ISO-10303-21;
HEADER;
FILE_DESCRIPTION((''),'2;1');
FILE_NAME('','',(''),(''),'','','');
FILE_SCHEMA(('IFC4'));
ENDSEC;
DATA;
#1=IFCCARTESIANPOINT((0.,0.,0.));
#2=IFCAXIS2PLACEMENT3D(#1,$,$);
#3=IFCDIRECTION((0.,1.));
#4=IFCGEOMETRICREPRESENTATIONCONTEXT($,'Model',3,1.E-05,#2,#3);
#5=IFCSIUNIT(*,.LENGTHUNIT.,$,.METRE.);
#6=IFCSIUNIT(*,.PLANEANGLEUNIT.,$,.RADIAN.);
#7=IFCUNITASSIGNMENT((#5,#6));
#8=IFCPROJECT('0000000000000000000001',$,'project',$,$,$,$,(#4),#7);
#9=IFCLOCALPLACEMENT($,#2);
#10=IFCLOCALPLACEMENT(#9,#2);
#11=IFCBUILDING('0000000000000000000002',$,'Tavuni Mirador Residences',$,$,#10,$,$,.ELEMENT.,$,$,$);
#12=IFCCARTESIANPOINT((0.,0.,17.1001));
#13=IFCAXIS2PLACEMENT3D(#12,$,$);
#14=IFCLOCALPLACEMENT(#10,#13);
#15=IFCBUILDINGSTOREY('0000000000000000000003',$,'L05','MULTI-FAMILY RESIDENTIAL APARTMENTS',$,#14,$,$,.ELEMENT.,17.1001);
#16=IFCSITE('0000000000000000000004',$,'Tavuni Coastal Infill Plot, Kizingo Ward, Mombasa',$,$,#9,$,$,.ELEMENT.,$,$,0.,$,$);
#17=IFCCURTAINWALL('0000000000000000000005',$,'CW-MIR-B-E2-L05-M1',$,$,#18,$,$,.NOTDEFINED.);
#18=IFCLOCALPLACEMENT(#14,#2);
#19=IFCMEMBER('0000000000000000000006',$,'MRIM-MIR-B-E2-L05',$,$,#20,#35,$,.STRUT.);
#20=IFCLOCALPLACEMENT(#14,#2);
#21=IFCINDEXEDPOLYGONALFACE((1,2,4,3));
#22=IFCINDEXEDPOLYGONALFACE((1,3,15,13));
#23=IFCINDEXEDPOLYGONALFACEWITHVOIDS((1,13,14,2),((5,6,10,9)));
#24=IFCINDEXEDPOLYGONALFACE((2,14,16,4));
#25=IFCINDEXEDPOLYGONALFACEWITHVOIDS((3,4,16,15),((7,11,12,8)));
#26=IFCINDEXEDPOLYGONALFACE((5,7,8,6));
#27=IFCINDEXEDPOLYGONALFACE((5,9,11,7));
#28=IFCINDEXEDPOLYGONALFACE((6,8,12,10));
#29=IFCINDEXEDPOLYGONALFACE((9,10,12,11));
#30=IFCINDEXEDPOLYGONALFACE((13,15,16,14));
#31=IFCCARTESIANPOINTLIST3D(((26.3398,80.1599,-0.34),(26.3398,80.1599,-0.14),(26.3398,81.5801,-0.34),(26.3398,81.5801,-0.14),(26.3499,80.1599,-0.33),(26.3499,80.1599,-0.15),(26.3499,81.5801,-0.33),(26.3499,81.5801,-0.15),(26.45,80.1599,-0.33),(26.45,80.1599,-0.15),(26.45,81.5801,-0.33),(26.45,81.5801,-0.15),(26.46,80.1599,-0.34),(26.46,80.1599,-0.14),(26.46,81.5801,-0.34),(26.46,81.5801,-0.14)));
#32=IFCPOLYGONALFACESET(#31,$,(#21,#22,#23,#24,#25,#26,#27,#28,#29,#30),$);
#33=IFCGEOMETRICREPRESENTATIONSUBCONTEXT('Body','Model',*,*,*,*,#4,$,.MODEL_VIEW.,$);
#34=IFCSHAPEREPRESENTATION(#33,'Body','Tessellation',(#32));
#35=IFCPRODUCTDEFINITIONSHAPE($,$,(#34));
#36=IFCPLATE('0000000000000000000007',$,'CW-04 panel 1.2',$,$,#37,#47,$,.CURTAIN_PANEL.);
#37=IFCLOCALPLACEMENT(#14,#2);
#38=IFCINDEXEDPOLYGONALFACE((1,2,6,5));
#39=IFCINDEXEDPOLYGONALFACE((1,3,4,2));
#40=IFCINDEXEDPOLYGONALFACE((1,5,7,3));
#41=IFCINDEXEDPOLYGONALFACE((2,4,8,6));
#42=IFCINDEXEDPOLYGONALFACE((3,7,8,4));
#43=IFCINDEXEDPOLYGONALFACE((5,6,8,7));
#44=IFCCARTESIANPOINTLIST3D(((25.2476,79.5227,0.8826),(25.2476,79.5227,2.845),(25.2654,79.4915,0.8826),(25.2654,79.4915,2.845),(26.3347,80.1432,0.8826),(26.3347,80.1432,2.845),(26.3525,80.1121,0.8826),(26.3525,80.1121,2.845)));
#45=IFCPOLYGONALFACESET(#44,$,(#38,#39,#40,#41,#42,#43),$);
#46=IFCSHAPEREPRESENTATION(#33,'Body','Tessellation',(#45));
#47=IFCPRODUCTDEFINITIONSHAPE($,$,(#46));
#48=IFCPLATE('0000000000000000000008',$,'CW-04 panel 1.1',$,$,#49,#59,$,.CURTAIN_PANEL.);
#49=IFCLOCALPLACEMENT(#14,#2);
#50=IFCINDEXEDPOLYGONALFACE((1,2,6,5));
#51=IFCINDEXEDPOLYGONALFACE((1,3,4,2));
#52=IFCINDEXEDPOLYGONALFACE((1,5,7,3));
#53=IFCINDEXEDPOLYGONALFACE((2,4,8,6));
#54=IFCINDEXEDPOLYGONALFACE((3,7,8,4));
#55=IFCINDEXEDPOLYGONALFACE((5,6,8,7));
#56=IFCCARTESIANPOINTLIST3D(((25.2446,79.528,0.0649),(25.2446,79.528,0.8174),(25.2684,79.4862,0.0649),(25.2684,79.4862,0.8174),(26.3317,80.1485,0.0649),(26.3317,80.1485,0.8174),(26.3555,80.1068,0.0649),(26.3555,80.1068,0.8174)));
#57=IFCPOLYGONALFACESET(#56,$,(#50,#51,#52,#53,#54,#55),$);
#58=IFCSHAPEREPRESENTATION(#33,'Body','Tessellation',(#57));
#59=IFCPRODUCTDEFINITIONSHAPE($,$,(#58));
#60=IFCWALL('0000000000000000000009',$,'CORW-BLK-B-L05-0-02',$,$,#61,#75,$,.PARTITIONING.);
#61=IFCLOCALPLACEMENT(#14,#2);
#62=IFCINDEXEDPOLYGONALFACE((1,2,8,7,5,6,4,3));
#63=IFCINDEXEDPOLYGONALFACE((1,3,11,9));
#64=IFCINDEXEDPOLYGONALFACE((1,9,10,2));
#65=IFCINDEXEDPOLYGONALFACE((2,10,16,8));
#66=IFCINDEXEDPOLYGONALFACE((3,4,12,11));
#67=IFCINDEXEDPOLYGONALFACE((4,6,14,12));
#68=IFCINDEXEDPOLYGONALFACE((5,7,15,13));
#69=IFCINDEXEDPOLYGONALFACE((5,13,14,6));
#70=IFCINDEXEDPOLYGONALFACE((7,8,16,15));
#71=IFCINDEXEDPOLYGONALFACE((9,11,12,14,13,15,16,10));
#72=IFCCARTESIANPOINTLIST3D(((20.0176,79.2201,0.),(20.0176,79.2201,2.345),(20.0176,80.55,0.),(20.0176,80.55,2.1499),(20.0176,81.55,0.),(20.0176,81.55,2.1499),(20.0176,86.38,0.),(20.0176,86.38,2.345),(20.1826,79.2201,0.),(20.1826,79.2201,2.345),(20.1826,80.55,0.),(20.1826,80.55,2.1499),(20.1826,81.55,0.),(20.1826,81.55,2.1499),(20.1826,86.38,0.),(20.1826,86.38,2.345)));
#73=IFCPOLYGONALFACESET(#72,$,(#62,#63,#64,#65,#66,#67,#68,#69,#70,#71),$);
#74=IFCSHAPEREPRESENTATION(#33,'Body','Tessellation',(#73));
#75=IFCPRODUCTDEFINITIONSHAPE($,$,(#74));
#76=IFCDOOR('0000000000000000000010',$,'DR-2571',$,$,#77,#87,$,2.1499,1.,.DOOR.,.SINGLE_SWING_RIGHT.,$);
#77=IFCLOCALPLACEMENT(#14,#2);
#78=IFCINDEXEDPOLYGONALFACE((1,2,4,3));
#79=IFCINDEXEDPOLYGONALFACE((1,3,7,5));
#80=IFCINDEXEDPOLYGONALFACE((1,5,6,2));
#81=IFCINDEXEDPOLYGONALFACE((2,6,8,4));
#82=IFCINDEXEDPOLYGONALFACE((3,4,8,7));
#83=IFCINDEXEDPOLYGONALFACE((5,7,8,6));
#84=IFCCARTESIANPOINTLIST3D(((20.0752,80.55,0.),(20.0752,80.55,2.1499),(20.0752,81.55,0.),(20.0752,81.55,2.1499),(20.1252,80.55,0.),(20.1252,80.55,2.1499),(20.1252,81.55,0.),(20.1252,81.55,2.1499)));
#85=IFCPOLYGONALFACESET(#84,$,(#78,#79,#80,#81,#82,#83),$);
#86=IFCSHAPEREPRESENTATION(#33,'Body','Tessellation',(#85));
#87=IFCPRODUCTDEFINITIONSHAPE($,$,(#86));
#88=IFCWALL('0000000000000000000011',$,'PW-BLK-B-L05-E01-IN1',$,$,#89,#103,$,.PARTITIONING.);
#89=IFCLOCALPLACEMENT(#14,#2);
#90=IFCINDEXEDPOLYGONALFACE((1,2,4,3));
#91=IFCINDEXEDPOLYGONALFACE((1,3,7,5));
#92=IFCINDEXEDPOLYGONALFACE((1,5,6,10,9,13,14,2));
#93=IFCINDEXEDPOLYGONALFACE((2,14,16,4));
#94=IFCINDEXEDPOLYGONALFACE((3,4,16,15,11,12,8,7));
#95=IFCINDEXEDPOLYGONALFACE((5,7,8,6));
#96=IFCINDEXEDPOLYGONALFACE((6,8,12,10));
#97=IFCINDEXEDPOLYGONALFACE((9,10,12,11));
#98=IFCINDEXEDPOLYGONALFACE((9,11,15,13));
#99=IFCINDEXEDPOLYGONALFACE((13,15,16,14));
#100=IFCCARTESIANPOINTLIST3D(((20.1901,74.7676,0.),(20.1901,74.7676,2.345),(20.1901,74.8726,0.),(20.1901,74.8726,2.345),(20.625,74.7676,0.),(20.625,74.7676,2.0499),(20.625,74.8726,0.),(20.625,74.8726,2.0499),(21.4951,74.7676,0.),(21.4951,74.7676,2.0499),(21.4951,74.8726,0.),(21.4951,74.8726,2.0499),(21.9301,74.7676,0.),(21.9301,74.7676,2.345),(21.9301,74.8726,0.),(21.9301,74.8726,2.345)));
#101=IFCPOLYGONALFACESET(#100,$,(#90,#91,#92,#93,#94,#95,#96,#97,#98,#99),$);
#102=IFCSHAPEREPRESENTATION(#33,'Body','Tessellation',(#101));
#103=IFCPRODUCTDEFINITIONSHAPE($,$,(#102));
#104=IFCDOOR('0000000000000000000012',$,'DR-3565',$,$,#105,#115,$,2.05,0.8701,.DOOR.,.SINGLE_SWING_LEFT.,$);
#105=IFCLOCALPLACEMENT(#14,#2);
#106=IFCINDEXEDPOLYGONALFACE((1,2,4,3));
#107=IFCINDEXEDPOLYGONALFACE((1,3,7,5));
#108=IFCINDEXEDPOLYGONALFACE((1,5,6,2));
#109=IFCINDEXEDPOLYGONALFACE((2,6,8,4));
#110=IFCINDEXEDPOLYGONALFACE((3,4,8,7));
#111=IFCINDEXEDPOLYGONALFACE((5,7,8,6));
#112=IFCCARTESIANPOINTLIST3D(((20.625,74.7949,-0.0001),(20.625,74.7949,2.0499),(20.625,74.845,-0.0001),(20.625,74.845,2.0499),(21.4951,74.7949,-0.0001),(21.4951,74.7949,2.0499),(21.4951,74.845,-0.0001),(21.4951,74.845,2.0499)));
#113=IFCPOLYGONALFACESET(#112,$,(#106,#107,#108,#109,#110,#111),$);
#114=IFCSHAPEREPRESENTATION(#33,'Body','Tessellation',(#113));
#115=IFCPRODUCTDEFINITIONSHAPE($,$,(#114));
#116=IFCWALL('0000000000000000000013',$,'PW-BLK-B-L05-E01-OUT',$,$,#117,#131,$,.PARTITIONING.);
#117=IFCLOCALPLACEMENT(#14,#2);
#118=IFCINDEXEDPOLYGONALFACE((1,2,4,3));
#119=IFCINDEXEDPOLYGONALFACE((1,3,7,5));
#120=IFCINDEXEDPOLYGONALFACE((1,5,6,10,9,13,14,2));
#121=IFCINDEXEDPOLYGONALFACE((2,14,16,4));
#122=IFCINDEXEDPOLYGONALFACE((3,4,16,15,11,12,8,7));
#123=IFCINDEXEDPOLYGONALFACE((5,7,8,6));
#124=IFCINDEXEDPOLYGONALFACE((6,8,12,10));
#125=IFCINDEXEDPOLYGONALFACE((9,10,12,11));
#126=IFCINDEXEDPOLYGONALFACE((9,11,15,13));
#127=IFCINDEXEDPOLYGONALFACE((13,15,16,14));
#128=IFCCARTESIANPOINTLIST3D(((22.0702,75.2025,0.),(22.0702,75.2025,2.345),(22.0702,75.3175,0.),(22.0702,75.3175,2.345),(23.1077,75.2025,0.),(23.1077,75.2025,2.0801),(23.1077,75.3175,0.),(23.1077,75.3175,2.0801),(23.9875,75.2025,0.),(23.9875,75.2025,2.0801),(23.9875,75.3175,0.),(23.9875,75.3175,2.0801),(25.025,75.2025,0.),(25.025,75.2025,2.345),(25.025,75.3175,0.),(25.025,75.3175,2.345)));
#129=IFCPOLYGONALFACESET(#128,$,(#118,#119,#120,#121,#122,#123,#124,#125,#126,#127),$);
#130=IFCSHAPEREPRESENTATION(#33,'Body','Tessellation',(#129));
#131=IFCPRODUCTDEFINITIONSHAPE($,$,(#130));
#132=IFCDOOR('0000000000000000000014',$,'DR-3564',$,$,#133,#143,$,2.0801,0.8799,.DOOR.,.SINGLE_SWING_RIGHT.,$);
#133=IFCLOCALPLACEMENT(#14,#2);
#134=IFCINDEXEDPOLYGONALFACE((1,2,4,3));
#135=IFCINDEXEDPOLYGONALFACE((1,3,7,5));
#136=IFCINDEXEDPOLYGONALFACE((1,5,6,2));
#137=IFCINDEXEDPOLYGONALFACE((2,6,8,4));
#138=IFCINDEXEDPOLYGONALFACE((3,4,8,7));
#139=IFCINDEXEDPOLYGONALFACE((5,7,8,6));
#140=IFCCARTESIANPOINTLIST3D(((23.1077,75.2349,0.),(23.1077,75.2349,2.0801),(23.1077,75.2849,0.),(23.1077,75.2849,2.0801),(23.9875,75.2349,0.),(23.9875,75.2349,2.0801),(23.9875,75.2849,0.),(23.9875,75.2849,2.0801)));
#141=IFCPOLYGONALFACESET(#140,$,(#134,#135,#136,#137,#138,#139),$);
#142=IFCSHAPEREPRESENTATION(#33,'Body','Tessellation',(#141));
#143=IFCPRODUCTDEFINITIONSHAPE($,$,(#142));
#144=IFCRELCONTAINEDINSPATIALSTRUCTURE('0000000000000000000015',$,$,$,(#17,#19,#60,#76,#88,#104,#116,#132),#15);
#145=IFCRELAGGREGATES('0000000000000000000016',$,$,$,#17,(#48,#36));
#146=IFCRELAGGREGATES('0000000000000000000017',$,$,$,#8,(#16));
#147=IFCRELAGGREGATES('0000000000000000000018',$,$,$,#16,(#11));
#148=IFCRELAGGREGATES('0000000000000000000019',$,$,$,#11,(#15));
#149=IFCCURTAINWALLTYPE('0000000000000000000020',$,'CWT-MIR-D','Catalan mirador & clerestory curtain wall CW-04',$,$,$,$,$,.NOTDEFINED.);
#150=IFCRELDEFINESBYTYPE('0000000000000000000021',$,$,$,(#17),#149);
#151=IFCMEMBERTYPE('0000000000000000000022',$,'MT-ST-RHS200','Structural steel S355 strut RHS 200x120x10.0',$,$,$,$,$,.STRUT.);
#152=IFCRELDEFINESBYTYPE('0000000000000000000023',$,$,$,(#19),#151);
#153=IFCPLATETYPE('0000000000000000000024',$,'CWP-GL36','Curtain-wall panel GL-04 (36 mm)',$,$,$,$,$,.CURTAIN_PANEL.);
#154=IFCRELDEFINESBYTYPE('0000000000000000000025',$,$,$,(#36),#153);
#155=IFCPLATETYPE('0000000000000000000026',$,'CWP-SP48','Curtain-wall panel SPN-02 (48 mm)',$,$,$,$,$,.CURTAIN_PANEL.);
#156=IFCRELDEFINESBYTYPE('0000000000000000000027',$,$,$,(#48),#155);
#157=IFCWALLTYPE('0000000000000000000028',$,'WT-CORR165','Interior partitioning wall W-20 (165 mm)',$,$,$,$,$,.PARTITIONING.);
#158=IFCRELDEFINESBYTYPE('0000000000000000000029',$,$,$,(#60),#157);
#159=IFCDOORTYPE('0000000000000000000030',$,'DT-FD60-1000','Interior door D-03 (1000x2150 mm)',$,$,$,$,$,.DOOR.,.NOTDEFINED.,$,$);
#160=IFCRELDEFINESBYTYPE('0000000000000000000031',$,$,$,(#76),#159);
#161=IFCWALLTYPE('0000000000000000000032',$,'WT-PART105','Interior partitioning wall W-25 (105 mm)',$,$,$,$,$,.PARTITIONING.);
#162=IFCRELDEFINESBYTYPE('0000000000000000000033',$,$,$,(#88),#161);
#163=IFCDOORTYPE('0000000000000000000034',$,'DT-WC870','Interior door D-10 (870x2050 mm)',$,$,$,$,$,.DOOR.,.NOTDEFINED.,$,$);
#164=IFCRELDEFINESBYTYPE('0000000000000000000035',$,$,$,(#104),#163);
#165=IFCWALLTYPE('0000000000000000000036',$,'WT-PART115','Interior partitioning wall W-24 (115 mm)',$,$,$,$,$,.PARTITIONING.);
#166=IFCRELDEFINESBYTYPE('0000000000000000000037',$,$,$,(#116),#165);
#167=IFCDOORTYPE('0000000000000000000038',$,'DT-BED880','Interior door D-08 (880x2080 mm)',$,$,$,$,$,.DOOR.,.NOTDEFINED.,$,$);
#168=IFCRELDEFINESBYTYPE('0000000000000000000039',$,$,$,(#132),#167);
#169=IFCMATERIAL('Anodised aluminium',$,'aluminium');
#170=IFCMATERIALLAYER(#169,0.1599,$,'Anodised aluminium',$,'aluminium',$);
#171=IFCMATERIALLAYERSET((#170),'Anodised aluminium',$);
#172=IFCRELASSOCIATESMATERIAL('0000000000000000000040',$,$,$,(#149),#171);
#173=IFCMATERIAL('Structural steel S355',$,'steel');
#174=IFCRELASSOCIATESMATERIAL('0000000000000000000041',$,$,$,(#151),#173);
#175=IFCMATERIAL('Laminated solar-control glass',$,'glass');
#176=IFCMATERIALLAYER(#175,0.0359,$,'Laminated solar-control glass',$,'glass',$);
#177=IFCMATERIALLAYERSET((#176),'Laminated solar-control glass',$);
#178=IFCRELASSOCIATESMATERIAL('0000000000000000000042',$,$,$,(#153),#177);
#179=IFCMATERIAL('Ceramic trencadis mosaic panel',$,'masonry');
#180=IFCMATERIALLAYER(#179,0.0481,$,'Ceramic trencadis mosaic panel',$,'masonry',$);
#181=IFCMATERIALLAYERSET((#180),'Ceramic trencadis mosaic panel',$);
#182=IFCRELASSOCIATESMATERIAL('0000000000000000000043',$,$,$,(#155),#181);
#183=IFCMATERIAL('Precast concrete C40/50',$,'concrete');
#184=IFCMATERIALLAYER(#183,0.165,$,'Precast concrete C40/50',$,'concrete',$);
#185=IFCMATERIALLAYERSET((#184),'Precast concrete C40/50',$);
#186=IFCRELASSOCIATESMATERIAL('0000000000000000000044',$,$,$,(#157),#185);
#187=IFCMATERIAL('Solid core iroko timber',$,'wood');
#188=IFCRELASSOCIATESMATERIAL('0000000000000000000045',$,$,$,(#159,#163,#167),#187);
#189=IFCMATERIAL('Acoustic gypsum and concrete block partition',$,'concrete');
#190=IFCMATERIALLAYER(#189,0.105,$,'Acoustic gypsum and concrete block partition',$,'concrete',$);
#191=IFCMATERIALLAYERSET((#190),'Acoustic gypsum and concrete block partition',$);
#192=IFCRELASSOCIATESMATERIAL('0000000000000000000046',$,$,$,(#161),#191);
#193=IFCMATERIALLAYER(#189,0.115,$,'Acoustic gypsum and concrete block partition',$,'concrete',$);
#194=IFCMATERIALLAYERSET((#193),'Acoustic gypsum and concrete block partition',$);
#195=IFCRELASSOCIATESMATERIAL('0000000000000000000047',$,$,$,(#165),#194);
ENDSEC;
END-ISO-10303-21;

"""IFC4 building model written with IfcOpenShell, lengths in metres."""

from ifc_helpers import new_model, si_unit, direction, frame, frame_2d, origin, origin_2d, place, context, subcontext, project, spatial, rectangle, hollow_rectangle, extrude, material, layer, layer_set, material_profile, profile_set, type_object, element, fill, aggregate, save


model = new_model("IFC4")

# Units and contexts
model_context = context("Model", 3, precision=1e-05, world=origin(), true_north=direction((0.0, 1.0)))
body_context = subcontext(model_context, "Body", "Model", "MODEL_VIEW")
ifc_project = project(units=[si_unit("LENGTHUNIT", "METRE"), si_unit("PLANEANGLEUNIT", "RADIAN")], contexts=[model_context])

# Site, building, storey
site_placement = place(None, origin())
site = spatial("IfcSite", under=ifc_project, at=site_placement, Name="Tavuni Coastal Infill Plot, Kizingo Ward, Mombasa", CompositionType="ELEMENT", RefElevation=0.0)
building_placement = place(site_placement, origin())
building = spatial("IfcBuilding", under=site, at=building_placement, Name="Tavuni Mirador Residences", CompositionType="ELEMENT")
storey_placement = place(building_placement, frame((0.0, 0.0, 17.1001)))
storey = spatial("IfcBuildingStorey", under=building, at=storey_placement, Name="L05", Description="MULTI-FAMILY RESIDENTIAL APARTMENTS", CompositionType="ELEMENT", Elevation=17.1001)

# Shared definitions
ifc_material_1 = material(Name="Precast concrete C40/50", Category="concrete")

# Curtain wall
ifc_material_2 = material(Name="Anodised aluminium", Category="aluminium")
ifc_layer_1 = layer(ifc_material_2, 0.1599, Name="Anodised aluminium", Category="aluminium")
ifc_layer_set_1 = layer_set([ifc_layer_1], Name="Anodised aluminium")
curtain_wall_type = type_object("IfcCurtainWallType", Name="CWT-MIR-D", Description="Catalan mirador & clerestory curtain wall CW-04", PredefinedType="NOTDEFINED", material=ifc_layer_set_1)
curtain_wall_placement = place(storey_placement, origin())
curtain_wall = element("IfcCurtainWall", 1, at=curtain_wall_placement, inside=storey, type_object=curtain_wall_type, Name="CW-MIR-B-E2-L05-M1", PredefinedType="NOTDEFINED")

# Member
ifc_material_3 = material(Name="Structural steel S355", Category="steel")
ifc_material_profile_1 = material_profile(ifc_material_3, hollow_rectangle(XDim=0.1201, YDim=0.2, WallThickness=0.01, at=origin_2d()), Name="RHS 200x120x10.0", Category="steel")
ifc_profile_set_1 = profile_set([ifc_material_profile_1], Name="Structural steel S355")
member_type_1 = type_object("IfcMemberType", Name="MT-ST-RHS200", Description="Structural steel S355 strut RHS 200x120x10.0", PredefinedType="STRUT", material=ifc_profile_set_1)
member_1_placement = place(storey_placement, frame((26.3999, 80.1599, -0.24), z_axis=(0.0, 1.0, 0.0), x_axis=(-1.0, 0.0, 0.0)))
element("IfcMember", 2, at=member_1_placement, inside=storey, type_object=member_type_1, Name="MRIM-MIR-B-E2-L05", PredefinedType="STRUT", context=body_context, shape_type="SweptSolid", body=[
    extrude(hollow_rectangle(XDim=0.1201, YDim=0.2, WallThickness=0.01, at=origin_2d()), origin(), (0.0, 0.0, 1.0), 1.4202),
])

# Plates
ifc_material_4 = material(Name="Laminated solar-control glass", Category="glass")
ifc_layer_2 = layer(ifc_material_4, 0.0359, Name="Laminated solar-control glass", Category="glass")
ifc_layer_set_2 = layer_set([ifc_layer_2], Name="Laminated solar-control glass")
plate_type_1 = type_object("IfcPlateType", Name="CWP-GL36", Description="Curtain-wall panel GL-04 (36 mm)", PredefinedType="CURTAIN_PANEL", material=ifc_layer_set_2)
plate_1_placement = place(storey_placement, frame((25.8, 79.8174, 0.8826), z_axis=(0.0, 0.0, 1.0), x_axis=(0.868466, 0.495749, 0.0)))
plate_1 = element("IfcPlate", 3, at=plate_1_placement, type_object=plate_type_1, Name="CW-04 panel 1.2", PredefinedType="CURTAIN_PANEL", context=body_context, shape_type="SweptSolid", body=[
    extrude(rectangle(XDim=1.2517, YDim=0.0359, at=origin_2d()), origin(), (0.0, 0.0, 1.0), 1.9624),
])
ifc_material_5 = material(Name="Ceramic trencadis mosaic panel", Category="masonry")
ifc_layer_3 = layer(ifc_material_5, 0.0481, Name="Ceramic trencadis mosaic panel", Category="masonry")
ifc_layer_set_3 = layer_set([ifc_layer_3], Name="Ceramic trencadis mosaic panel")
plate_type_2 = type_object("IfcPlateType", Name="CWP-SP48", Description="Curtain-wall panel SPN-02 (48 mm)", PredefinedType="CURTAIN_PANEL", material=ifc_layer_set_3)
plate_2_placement = place(storey_placement, frame((25.8, 79.8174, 0.0649), z_axis=(0.0, 0.0, 1.0), x_axis=(0.868466, 0.495749, 0.0)))
plate_2 = element("IfcPlate", 4, at=plate_2_placement, type_object=plate_type_2, Name="CW-04 panel 1.1", PredefinedType="CURTAIN_PANEL", context=body_context, shape_type="SweptSolid", body=[
    extrude(rectangle(XDim=1.2517, YDim=0.0481, at=origin_2d()), origin(), (0.0, 0.0, 1.0), 0.7524),
])
aggregate(curtain_wall, [plate_2, plate_1])

# Walls, openings, doors
ifc_material_6 = material(Name="Solid core iroko timber", Category="wood")
ifc_layer_4 = layer(ifc_material_1, 0.165, Name="Precast concrete C40/50", Category="concrete")
ifc_layer_set_4 = layer_set([ifc_layer_4], Name="Precast concrete C40/50")
wall_type_1 = type_object("IfcWallType", Name="WT-CORR165", Description="Interior partitioning wall W-20 (165 mm)", PredefinedType="PARTITIONING", material=ifc_layer_set_4)
wall_1_placement = place(storey_placement, frame((20.1001, 79.22, 0.0), z_axis=(0.0, 0.0, 1.0), x_axis=(0.0, 1.0, 0.0)))
wall_1 = element("IfcWall", 5, at=wall_1_placement, inside=storey, type_object=wall_type_1, Name="CORW-BLK-B-L05-0-02", PredefinedType="PARTITIONING", context=body_context, shape_type="SweptSolid", body=[
    extrude(rectangle(XDim=7.1599, YDim=0.165, at=frame_2d((3.5801, 0.0))), origin(), (0.0, 0.0, 1.0), 2.345),
])
opening_1_placement = place(wall_1_placement, frame((1.3301, 0.0, 0.0)))
opening_1 = element("IfcOpeningElement", 6, at=opening_1_placement, cuts=wall_1, PredefinedType="OPENING", context=body_context, shape_type="SweptSolid", body=[
    extrude(rectangle(XDim=1.0, YDim=2.1499, at=frame_2d((0.5, 1.075))), frame((0.0, 0.0925, 0.0), z_axis=(0.0, -1.0, 0.0), x_axis=(1.0, 0.0, 0.0)), (0.0, 0.0, 1.0), 0.1851),
])
door_type_1 = type_object("IfcDoorType", Name="DT-FD60-1000", Description="Interior door D-03 (1000x2150 mm)", OperationType="NOTDEFINED", PredefinedType="DOOR", material=ifc_material_6)
door_1_placement = place(opening_1_placement, origin())
door_1 = element("IfcDoor", 7, at=door_1_placement, inside=storey, type_object=door_type_1, Name="DR-2571", OperationType="SINGLE_SWING_RIGHT", OverallHeight=2.1499, OverallWidth=1.0, PredefinedType="DOOR", context=body_context, shape_type="SweptSolid", body=[
    extrude(rectangle(XDim=1.0, YDim=2.1499, at=frame_2d((0.5, 1.075))), frame((0.0, 0.0249, 0.0), z_axis=(0.0, -1.0, 0.0), x_axis=(1.0, 0.0, 0.0)), (0.0, 0.0, 1.0), 0.05),
])
fill(opening_1, door_1)
ifc_material_7 = material(Name="Acoustic gypsum and concrete block partition", Category="concrete")
ifc_layer_5 = layer(ifc_material_7, 0.105, Name="Acoustic gypsum and concrete block partition", Category="concrete")
ifc_layer_set_5 = layer_set([ifc_layer_5], Name="Acoustic gypsum and concrete block partition")
wall_type_2 = type_object("IfcWallType", Name="WT-PART105", Description="Interior partitioning wall W-25 (105 mm)", PredefinedType="PARTITIONING", material=ifc_layer_set_5)
wall_2_placement = place(storey_placement, frame((20.1899, 74.8201, 0.0), z_axis=(0.0, 0.0, 1.0), x_axis=(1.0, 0.0, 0.0)))
wall_2 = element("IfcWall", 8, at=wall_2_placement, inside=storey, type_object=wall_type_2, Name="PW-BLK-B-L05-E01-IN1", PredefinedType="PARTITIONING", context=body_context, shape_type="SweptSolid", body=[
    extrude(rectangle(XDim=1.74, YDim=0.105, at=frame_2d((0.8701, 0.0))), origin(), (0.0, 0.0, 1.0), 2.345),
])
opening_2_placement = place(wall_2_placement, frame((0.4351, 0.0, 0.0)))
opening_2 = element("IfcOpeningElement", 9, at=opening_2_placement, cuts=wall_2, PredefinedType="OPENING", context=body_context, shape_type="SweptSolid", body=[
    extrude(rectangle(XDim=0.8701, YDim=2.05, at=frame_2d((0.4351, 1.0249))), frame((0.0, 0.0625, 0.0), z_axis=(0.0, -1.0, 0.0), x_axis=(1.0, 0.0, 0.0)), (0.0, 0.0, 1.0), 0.125),
])
door_type_2 = type_object("IfcDoorType", Name="DT-WC870", Description="Interior door D-10 (870x2050 mm)", OperationType="NOTDEFINED", PredefinedType="DOOR", material=ifc_material_6)
door_2_placement = place(opening_2_placement, origin())
door_2 = element("IfcDoor", 10, at=door_2_placement, inside=storey, type_object=door_type_2, Name="DR-3565", OperationType="SINGLE_SWING_LEFT", OverallHeight=2.05, OverallWidth=0.8701, PredefinedType="DOOR", context=body_context, shape_type="SweptSolid", body=[
    extrude(rectangle(XDim=0.8701, YDim=2.05, at=frame_2d((0.4351, 1.0249))), frame((0.0, 0.0249, 0.0), z_axis=(0.0, -1.0, 0.0), x_axis=(1.0, 0.0, 0.0)), (0.0, 0.0, 1.0), 0.05),
])
fill(opening_2, door_2)
ifc_layer_6 = layer(ifc_material_7, 0.115, Name="Acoustic gypsum and concrete block partition", Category="concrete")
ifc_layer_set_6 = layer_set([ifc_layer_6], Name="Acoustic gypsum and concrete block partition")
wall_type_3 = type_object("IfcWallType", Name="WT-PART115", Description="Interior partitioning wall W-24 (115 mm)", PredefinedType="PARTITIONING", material=ifc_layer_set_6)
wall_3_placement = place(storey_placement, frame((22.0701, 75.26, 0.0), z_axis=(0.0, 0.0, 1.0), x_axis=(1.0, 0.0, 0.0)))
wall_3 = element("IfcWall", 11, at=wall_3_placement, inside=storey, type_object=wall_type_3, Name="PW-BLK-B-L05-E01-OUT", PredefinedType="PARTITIONING", context=body_context, shape_type="SweptSolid", body=[
    extrude(rectangle(XDim=2.9548, YDim=0.115, at=frame_2d((1.4775, 0.0))), origin(), (0.0, 0.0, 1.0), 2.345),
])
opening_3_placement = place(wall_3_placement, frame((1.0376, 0.0, 0.0)))
opening_3 = element("IfcOpeningElement", 12, at=opening_3_placement, cuts=wall_3, PredefinedType="OPENING", context=body_context, shape_type="SweptSolid", body=[
    extrude(rectangle(XDim=0.8799, YDim=2.0801, at=frame_2d((0.4399, 1.04))), frame((0.0, 0.0674, 0.0), z_axis=(0.0, -1.0, 0.0), x_axis=(1.0, 0.0, 0.0)), (0.0, 0.0, 1.0), 0.135),
])
door_type_3 = type_object("IfcDoorType", Name="DT-BED880", Description="Interior door D-08 (880x2080 mm)", OperationType="NOTDEFINED", PredefinedType="DOOR", material=ifc_material_6)
door_3_placement = place(opening_3_placement, origin())
door_3 = element("IfcDoor", 13, at=door_3_placement, inside=storey, type_object=door_type_3, Name="DR-3564", OperationType="SINGLE_SWING_RIGHT", OverallHeight=2.0801, OverallWidth=0.8799, PredefinedType="DOOR", context=body_context, shape_type="SweptSolid", body=[
    extrude(rectangle(XDim=0.8799, YDim=2.0801, at=frame_2d((0.4399, 1.04))), frame((0.0, 0.0249, 0.0), z_axis=(0.0, -1.0, 0.0), x_axis=(1.0, 0.0, 0.0)), (0.0, 0.0, 1.0), 0.05),
])
fill(opening_3, door_3)

save(model, "model.ifc")
